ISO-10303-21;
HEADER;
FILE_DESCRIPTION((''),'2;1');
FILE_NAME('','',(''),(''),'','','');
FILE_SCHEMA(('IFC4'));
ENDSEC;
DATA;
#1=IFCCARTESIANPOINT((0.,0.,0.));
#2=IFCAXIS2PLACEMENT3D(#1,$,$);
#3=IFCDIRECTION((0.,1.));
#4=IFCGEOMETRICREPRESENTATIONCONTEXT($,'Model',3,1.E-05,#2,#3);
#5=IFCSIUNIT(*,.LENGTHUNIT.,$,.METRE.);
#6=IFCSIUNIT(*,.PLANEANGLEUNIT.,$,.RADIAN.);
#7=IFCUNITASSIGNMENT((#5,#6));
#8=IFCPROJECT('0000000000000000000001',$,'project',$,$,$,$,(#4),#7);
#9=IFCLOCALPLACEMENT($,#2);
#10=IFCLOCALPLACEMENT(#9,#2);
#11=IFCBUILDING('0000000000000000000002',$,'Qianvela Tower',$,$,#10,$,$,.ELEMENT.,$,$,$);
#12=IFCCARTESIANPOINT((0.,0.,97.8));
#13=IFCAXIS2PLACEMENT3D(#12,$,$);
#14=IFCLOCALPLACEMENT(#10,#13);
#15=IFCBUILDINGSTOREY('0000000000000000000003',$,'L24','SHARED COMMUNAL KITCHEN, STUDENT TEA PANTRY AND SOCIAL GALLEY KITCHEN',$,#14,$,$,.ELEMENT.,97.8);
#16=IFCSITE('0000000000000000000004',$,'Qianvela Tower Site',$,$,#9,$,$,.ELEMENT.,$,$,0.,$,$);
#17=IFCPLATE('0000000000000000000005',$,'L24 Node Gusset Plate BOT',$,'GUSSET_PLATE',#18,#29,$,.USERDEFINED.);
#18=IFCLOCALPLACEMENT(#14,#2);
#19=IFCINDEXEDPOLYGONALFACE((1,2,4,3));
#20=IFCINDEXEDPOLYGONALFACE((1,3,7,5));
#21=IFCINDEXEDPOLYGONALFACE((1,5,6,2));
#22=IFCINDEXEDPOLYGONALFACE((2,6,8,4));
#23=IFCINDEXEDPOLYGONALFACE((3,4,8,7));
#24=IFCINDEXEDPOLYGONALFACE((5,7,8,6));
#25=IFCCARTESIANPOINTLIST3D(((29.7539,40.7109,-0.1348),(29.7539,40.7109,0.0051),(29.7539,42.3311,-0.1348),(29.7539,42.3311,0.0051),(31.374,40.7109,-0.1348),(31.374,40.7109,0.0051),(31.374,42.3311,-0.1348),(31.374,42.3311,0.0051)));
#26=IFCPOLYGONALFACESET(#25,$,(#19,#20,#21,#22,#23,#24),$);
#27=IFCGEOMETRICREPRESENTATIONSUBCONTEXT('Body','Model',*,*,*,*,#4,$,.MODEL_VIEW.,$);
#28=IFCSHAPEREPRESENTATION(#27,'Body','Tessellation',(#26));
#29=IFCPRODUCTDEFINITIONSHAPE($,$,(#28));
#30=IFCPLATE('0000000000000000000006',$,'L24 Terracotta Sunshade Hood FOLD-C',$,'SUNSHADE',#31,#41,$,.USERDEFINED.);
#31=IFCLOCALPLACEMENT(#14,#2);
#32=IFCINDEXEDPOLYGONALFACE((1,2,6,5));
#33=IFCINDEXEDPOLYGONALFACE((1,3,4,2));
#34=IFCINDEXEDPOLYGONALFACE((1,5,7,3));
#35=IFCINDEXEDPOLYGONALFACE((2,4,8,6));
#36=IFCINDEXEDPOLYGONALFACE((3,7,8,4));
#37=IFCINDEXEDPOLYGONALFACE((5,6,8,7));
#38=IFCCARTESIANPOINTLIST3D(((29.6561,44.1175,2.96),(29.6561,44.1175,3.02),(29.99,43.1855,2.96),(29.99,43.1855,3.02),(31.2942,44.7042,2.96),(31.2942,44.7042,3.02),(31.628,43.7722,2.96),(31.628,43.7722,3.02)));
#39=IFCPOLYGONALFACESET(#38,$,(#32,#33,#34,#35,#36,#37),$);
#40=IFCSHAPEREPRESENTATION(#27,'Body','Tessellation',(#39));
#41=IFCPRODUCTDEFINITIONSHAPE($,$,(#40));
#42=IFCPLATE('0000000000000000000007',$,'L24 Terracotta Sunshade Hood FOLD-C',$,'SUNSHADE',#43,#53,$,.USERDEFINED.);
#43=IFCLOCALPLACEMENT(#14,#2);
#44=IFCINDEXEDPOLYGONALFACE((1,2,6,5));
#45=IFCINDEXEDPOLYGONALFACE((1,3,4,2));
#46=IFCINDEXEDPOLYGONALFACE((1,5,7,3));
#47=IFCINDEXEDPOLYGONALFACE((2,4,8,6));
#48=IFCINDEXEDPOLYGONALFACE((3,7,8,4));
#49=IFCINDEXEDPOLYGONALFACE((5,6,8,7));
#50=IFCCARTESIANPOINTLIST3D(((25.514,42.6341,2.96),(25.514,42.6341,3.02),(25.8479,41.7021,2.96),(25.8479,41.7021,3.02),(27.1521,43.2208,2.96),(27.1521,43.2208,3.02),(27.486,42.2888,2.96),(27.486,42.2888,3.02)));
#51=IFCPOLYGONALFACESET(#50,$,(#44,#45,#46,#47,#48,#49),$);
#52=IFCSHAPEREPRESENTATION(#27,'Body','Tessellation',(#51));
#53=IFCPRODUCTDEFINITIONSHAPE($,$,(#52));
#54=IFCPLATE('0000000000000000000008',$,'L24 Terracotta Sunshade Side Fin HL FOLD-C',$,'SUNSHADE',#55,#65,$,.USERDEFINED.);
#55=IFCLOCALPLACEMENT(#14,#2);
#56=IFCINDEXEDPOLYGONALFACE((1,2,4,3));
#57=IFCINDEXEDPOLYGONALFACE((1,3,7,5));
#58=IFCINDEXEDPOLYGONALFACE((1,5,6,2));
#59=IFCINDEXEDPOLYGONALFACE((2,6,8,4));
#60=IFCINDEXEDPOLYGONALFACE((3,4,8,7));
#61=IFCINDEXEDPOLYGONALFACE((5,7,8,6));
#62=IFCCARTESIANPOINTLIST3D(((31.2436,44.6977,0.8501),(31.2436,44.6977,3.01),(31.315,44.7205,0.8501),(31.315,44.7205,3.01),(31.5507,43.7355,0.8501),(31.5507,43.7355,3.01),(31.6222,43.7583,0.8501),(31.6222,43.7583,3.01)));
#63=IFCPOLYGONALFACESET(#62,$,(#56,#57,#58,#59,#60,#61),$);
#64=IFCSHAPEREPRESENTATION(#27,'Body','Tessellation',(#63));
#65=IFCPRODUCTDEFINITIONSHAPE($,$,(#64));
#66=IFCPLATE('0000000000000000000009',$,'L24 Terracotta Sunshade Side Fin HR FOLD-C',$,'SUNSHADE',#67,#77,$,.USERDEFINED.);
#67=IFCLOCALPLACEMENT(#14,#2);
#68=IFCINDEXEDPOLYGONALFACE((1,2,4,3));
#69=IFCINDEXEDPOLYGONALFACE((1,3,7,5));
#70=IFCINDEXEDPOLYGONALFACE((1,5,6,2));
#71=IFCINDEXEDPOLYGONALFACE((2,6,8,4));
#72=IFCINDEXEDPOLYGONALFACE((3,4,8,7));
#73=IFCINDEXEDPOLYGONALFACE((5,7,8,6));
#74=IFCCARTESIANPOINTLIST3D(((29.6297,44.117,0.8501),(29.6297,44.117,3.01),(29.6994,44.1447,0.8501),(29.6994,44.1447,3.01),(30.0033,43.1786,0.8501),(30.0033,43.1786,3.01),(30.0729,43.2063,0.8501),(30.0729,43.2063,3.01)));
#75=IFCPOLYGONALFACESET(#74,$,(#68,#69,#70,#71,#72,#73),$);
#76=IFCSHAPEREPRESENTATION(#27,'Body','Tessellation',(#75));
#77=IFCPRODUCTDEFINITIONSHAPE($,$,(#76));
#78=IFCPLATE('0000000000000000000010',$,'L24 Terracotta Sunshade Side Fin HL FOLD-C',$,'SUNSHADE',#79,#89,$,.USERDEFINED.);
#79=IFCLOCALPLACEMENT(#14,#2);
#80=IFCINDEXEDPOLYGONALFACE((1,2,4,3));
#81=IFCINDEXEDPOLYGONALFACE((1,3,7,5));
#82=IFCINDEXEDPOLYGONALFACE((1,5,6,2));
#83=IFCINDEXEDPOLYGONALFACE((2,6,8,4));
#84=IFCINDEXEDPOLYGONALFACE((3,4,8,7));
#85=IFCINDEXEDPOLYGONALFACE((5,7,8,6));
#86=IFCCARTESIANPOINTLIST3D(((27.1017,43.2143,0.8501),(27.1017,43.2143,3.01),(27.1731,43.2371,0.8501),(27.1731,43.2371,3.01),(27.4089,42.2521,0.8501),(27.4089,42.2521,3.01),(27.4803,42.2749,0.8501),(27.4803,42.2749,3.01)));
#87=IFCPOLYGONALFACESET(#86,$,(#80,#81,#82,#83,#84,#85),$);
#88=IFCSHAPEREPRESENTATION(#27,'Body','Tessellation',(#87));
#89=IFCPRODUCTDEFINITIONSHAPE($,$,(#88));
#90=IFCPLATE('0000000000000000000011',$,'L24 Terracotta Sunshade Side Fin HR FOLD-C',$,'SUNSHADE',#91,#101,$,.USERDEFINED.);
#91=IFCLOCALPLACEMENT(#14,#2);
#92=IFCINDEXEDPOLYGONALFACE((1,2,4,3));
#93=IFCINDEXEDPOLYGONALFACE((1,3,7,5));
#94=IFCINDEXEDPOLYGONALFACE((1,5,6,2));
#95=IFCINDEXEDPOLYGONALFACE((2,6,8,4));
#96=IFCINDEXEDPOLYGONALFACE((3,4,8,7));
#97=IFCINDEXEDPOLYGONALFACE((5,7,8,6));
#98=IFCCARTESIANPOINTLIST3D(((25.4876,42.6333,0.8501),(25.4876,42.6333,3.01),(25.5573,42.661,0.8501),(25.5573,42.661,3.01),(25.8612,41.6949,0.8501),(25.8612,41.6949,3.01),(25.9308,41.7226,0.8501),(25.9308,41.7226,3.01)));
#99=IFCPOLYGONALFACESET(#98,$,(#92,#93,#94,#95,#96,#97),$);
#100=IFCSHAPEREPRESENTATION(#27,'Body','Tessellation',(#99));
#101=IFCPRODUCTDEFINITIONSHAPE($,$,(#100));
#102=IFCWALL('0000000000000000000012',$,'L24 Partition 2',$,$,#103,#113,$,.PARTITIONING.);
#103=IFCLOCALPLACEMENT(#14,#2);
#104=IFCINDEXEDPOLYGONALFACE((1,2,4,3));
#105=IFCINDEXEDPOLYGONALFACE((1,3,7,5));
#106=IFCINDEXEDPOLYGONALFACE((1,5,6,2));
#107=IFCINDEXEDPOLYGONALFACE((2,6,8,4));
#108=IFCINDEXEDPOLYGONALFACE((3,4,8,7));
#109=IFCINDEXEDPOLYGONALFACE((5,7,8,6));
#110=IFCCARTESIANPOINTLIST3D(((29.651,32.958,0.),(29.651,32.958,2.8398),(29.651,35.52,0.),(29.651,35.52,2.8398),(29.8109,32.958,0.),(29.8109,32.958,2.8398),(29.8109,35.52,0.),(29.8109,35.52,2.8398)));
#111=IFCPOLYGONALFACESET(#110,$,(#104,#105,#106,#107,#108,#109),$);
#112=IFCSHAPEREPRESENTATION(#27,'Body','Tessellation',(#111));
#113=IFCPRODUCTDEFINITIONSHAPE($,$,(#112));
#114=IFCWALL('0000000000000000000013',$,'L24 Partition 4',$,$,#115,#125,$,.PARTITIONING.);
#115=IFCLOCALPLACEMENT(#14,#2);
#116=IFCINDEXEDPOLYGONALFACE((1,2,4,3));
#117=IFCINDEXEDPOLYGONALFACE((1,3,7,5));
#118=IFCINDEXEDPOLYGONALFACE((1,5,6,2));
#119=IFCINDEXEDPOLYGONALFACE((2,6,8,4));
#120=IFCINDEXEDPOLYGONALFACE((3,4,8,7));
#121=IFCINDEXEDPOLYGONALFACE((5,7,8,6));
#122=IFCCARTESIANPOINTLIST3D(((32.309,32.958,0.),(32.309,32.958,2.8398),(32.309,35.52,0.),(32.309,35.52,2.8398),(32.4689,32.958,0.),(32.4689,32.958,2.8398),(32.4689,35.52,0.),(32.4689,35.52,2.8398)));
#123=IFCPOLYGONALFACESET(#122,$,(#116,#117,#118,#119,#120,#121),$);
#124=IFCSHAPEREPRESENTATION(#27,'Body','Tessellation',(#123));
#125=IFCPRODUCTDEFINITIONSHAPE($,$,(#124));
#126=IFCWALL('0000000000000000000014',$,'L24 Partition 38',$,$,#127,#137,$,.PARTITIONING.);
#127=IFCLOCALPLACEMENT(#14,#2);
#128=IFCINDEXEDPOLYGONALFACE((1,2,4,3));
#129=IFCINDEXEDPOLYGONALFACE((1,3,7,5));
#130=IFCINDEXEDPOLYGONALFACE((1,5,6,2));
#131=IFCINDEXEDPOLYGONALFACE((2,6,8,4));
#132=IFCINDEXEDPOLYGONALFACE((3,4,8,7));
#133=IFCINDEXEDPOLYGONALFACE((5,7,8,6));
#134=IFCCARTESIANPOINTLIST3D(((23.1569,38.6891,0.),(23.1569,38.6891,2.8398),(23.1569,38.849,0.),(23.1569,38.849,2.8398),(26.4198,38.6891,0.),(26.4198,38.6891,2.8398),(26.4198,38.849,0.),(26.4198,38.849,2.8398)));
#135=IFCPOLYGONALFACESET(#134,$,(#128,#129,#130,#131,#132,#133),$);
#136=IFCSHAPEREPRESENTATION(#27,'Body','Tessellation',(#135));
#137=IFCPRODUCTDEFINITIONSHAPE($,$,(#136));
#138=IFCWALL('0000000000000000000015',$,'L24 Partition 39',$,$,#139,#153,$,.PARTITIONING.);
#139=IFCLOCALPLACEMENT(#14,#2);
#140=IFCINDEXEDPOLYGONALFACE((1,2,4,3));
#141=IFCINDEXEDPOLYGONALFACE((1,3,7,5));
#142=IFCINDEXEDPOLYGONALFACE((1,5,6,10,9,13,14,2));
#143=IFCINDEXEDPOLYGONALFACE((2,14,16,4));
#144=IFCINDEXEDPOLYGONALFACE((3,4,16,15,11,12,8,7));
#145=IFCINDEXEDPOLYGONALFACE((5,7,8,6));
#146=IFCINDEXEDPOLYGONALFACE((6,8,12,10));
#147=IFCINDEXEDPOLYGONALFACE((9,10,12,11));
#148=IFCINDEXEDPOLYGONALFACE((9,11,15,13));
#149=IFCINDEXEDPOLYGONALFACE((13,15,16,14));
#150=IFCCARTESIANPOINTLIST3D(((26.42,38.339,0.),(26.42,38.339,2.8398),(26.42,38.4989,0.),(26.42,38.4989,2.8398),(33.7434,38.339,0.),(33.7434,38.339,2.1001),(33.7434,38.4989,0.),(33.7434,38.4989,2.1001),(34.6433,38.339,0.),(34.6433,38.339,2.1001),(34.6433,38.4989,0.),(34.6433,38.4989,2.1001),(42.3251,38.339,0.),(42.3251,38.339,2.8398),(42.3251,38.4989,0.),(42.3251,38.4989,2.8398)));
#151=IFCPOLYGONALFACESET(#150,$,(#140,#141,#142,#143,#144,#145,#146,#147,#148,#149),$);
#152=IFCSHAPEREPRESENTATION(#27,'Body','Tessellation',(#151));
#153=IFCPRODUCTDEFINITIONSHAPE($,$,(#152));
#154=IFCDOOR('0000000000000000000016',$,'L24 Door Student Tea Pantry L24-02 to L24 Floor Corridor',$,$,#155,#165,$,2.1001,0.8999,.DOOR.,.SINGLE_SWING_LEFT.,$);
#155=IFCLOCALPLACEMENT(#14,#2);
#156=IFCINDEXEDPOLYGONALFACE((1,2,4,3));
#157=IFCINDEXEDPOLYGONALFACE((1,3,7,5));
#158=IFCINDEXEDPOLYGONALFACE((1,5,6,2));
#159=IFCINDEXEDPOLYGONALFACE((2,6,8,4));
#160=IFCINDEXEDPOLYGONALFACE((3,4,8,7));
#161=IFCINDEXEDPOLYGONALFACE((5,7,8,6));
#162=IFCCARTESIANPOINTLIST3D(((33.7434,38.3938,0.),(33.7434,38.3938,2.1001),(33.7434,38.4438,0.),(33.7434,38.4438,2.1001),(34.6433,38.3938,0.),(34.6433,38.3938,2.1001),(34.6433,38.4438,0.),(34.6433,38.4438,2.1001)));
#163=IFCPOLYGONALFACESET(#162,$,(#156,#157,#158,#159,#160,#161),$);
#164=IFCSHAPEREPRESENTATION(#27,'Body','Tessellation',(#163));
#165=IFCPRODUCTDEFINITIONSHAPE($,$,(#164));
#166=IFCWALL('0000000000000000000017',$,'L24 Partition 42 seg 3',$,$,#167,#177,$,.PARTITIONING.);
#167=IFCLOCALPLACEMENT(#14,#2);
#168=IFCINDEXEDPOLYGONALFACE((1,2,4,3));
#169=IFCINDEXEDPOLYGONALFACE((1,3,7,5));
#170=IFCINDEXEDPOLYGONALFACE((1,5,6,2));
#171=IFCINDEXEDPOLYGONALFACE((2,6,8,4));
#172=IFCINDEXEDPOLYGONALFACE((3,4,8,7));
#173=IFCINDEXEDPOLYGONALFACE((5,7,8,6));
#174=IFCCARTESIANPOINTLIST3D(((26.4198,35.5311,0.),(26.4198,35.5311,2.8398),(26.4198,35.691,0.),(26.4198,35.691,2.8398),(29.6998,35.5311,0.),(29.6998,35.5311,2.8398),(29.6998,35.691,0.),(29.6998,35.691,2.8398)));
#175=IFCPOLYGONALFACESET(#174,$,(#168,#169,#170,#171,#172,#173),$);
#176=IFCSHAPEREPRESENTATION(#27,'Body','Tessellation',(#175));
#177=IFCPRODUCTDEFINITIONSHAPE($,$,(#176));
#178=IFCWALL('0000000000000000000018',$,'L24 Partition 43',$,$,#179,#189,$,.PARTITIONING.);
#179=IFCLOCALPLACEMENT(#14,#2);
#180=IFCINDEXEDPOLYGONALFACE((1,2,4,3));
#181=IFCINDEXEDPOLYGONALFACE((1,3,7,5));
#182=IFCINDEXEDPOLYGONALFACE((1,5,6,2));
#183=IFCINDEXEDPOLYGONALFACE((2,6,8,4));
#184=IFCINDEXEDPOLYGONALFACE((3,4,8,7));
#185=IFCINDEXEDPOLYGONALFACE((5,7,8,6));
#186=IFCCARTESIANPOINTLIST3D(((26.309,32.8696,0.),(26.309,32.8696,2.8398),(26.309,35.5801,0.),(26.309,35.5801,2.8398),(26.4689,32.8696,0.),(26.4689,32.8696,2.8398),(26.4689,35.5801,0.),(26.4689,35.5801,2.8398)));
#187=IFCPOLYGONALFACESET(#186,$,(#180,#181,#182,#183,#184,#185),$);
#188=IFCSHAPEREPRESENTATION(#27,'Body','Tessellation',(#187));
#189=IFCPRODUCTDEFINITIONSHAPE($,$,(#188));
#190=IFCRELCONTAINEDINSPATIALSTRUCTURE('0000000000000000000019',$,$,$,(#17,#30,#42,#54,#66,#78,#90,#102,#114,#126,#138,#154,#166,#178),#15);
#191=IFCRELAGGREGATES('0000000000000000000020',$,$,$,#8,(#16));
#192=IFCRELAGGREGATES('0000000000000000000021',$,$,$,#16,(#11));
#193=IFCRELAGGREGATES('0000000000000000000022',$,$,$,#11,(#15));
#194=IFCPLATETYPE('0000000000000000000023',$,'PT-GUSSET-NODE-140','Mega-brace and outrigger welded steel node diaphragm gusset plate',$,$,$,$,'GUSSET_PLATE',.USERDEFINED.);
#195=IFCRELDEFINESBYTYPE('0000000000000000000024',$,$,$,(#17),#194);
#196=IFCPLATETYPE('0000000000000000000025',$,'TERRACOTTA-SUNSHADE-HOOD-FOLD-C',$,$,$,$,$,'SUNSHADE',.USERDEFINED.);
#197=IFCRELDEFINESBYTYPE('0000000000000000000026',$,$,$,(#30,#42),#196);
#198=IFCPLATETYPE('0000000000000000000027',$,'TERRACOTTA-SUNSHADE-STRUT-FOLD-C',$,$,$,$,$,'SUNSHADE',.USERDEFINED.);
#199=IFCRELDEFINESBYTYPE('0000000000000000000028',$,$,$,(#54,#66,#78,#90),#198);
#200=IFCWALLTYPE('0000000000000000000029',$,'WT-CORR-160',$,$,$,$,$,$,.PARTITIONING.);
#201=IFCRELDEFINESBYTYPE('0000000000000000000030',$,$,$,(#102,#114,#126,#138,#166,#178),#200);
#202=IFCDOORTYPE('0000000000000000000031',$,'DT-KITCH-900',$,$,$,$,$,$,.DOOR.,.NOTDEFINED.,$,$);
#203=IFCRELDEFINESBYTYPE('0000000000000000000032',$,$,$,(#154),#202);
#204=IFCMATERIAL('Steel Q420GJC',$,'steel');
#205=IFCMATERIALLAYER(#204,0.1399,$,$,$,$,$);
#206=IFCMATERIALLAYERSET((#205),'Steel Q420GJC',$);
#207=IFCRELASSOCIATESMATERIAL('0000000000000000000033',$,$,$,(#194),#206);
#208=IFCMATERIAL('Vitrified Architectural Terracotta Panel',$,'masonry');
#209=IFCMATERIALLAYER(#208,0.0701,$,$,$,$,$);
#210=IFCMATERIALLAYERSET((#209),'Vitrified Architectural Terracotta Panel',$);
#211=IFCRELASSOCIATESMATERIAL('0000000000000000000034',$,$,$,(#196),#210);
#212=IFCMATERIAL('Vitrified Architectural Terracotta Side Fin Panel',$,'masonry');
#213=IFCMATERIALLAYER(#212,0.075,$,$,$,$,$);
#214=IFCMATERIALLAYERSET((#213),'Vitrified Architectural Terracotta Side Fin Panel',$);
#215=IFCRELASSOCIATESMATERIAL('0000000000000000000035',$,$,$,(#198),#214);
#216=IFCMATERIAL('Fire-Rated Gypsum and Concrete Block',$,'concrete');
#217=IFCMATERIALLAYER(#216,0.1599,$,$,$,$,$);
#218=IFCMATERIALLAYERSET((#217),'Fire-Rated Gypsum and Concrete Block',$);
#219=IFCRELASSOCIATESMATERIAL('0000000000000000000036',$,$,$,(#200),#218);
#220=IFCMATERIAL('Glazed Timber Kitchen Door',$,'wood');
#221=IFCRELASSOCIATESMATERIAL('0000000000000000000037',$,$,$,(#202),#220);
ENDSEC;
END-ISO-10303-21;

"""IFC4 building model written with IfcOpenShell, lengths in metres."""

from ifc_helpers import new_model, si_unit, direction, frame, frame_2d, origin, origin_2d, place, context, subcontext, project, spatial, rectangle, extrude, material, layer, layer_set, type_object, element, fill, save


model = new_model("IFC4")

# Units and contexts
model_context = context("Model", 3, precision=1e-05, world=origin(), true_north=direction((0.0, 1.0)))
body_context = subcontext(model_context, "Body", "Model", "MODEL_VIEW")
ifc_project = project(units=[si_unit("LENGTHUNIT", "METRE"), si_unit("PLANEANGLEUNIT", "RADIAN")], contexts=[model_context])

# Site, building, storey
site_placement = place(None, origin())
site = spatial("IfcSite", under=ifc_project, at=site_placement, Name="Qianvela Tower Site", CompositionType="ELEMENT", RefElevation=0.0)
building_placement = place(site_placement, origin())
building = spatial("IfcBuilding", under=site, at=building_placement, Name="Qianvela Tower", CompositionType="ELEMENT")
storey_placement = place(building_placement, frame((0.0, 0.0, 97.8)))
storey = spatial("IfcBuildingStorey", under=building, at=storey_placement, Name="L24", Description="SHARED COMMUNAL KITCHEN, STUDENT TEA PANTRY AND SOCIAL GALLEY KITCHEN", CompositionType="ELEMENT", Elevation=97.8)

# Plates
ifc_material_1 = material(Name="Steel Q420GJC", Category="steel")
ifc_layer_1 = layer(ifc_material_1, 0.1399)
ifc_layer_set_1 = layer_set([ifc_layer_1], Name="Steel Q420GJC")
plate_type_1 = type_object("IfcPlateType", Name="PT-GUSSET-NODE-140", Description="Mega-brace and outrigger welded steel node diaphragm gusset plate", ElementType="GUSSET_PLATE", PredefinedType="USERDEFINED", material=ifc_layer_set_1)
plate_1_placement = place(storey_placement, frame((30.564, 41.521, -0.1348), z_axis=(0.0, 0.0, 1.0), x_axis=(1.0, 0.0, 0.0)))
element("IfcPlate", 1, at=plate_1_placement, inside=storey, type_object=plate_type_1, Name="L24 Node Gusset Plate BOT", ObjectType="GUSSET_PLATE", PredefinedType="USERDEFINED", context=body_context, shape_type="SweptSolid", body=[
    extrude(rectangle(XDim=1.6201, YDim=1.6201, at=origin_2d()), origin(), (0.0, 0.0, 1.0), 0.1399),
])
ifc_material_2 = material(Name="Vitrified Architectural Terracotta Panel", Category="masonry")
ifc_layer_2 = layer(ifc_material_2, 0.0701)
ifc_layer_set_2 = layer_set([ifc_layer_2], Name="Vitrified Architectural Terracotta Panel")
plate_type_2 = type_object("IfcPlateType", Name="TERRACOTTA-SUNSHADE-HOOD-FOLD-C", ElementType="SUNSHADE", PredefinedType="USERDEFINED", material=ifc_layer_set_2)
for number, where, z_axis, x_axis, name in (
    (2, (30.6421, 43.9448, 2.96), (0.0, 0.0, 1.0), (-0.941435, -0.337194, 0.0), "L24 Terracotta Sunshade Hood FOLD-C"),
    (3, (26.5, 42.4614, 2.96), (0.0, 0.0, 1.0), (-0.941435, -0.337194, 0.0), "L24 Terracotta Sunshade Hood FOLD-C"),
):
    element("IfcPlate", number, at=place(storey_placement, frame(where, z_axis=z_axis, x_axis=x_axis)), inside=storey, type_object=plate_type_2, Name=name, ObjectType="SUNSHADE", PredefinedType="USERDEFINED", context=body_context, shape_type="SweptSolid", body=[
        extrude(rectangle(XDim=1.74, YDim=0.99, at=origin_2d()), origin(), (0.0, 0.0, 1.0), 0.0601),
    ])
ifc_material_3 = material(Name="Vitrified Architectural Terracotta Side Fin Panel", Category="masonry")
ifc_layer_3 = layer(ifc_material_3, 0.075)
ifc_layer_set_3 = layer_set([ifc_layer_3], Name="Vitrified Architectural Terracotta Side Fin Panel")
plate_type_3 = type_object("IfcPlateType", Name="TERRACOTTA-SUNSHADE-STRUT-FOLD-C", ElementType="SUNSHADE", PredefinedType="USERDEFINED", material=ifc_layer_set_3)
for number, where, z_axis, x_axis, name in (
    (4, (31.4329, 44.228, 0.8501), (0.0, 0.0, 1.0), (-0.95263, -0.304133, 0.0), "L24 Terracotta Sunshade Side Fin HL FOLD-C"),
    (5, (29.8513, 43.6616, 0.8501), (0.0, 0.0, 1.0), (-0.929094, -0.369844, 0.0), "L24 Terracotta Sunshade Side Fin HR FOLD-C"),
    (6, (27.291, 42.7446, 0.8501), (0.0, 0.0, 1.0), (-0.95263, -0.304133, 0.0), "L24 Terracotta Sunshade Side Fin HL FOLD-C"),
    (7, (25.7092, 42.178, 0.8501), (0.0, 0.0, 1.0), (-0.929094, -0.369844, 0.0), "L24 Terracotta Sunshade Side Fin HR FOLD-C"),
):
    element("IfcPlate", number, at=place(storey_placement, frame(where, z_axis=z_axis, x_axis=x_axis)), inside=storey, type_object=plate_type_3, Name=name, ObjectType="SUNSHADE", PredefinedType="USERDEFINED", context=body_context, shape_type="SweptSolid", body=[
        extrude(rectangle(XDim=0.075, YDim=1.01, at=origin_2d()), origin(), (0.0, 0.0, 1.0), 2.1599),
    ])

# Wall
ifc_material_4 = material(Name="Fire-Rated Gypsum and Concrete Block", Category="concrete")
ifc_layer_4 = layer(ifc_material_4, 0.1599)
ifc_layer_set_4 = layer_set([ifc_layer_4], Name="Fire-Rated Gypsum and Concrete Block")
wall_type_1 = type_object("IfcWallType", Name="WT-CORR-160", PredefinedType="PARTITIONING", material=ifc_layer_set_4)
wall_1_placement = place(storey_placement, frame((29.731, 32.958, 0.0), z_axis=(0.0, 0.0, 1.0), x_axis=(0.0, 1.0, 0.0)))
element("IfcWall", 8, at=wall_1_placement, inside=storey, type_object=wall_type_1, Name="L24 Partition 2", PredefinedType="PARTITIONING", context=body_context, shape_type="SweptSolid", body=[
    extrude(rectangle(XDim=2.562, YDim=0.1599, at=frame_2d((1.281, 0.0))), origin(), (0.0, 0.0, 1.0), 2.8398),
])

# Walls
wall_2_placement = place(storey_placement, frame((32.3889, 35.52, 0.0), z_axis=(0.0, 0.0, 1.0), x_axis=(0.0, -1.0, 0.0)))
element("IfcWall", 9, at=wall_2_placement, inside=storey, type_object=wall_type_1, Name="L24 Partition 4", PredefinedType="PARTITIONING", context=body_context, shape_type="SweptSolid", body=[
    extrude(rectangle(XDim=2.562, YDim=0.1599, at=frame_2d((1.281, 0.0))), origin(), (0.0, 0.0, 1.0), 2.8398),
])
wall_3_placement = place(storey_placement, frame((23.157, 38.769, 0.0), z_axis=(0.0, 0.0, 1.0), x_axis=(1.0, 0.0, 0.0)))
element("IfcWall", 10, at=wall_3_placement, inside=storey, type_object=wall_type_1, Name="L24 Partition 38", PredefinedType="PARTITIONING", context=body_context, shape_type="SweptSolid", body=[
    extrude(rectangle(XDim=3.2629, YDim=0.1599, at=frame_2d((1.6313, 0.0))), origin(), (0.0, 0.0, 1.0), 2.8398),
])

# Wall, opening, door
wall_4_placement = place(storey_placement, frame((26.4199, 38.4189, 0.0), z_axis=(0.0, 0.0, 1.0), x_axis=(1.0, 0.0, 0.0)))
wall_4 = element("IfcWall", 11, at=wall_4_placement, inside=storey, type_object=wall_type_1, Name="L24 Partition 39", PredefinedType="PARTITIONING", context=body_context, shape_type="SweptSolid", body=[
    extrude(rectangle(XDim=15.905, YDim=0.1599, at=frame_2d((7.9526, 0.0))), origin(), (0.0, 0.0, 1.0), 2.8398),
])
opening_1_placement = place(wall_4_placement, frame((7.3235, 0.0, 0.0)))
opening_1 = element("IfcOpeningElement", 12, at=opening_1_placement, cuts=wall_4, PredefinedType="OPENING", context=body_context, shape_type="SweptSolid", body=[
    extrude(rectangle(XDim=0.8999, YDim=2.1001, at=frame_2d((0.45, 1.05))), frame((0.0, 0.0898, 0.0), z_axis=(0.0, -1.0, 0.0), x_axis=(1.0, 0.0, 0.0)), (0.0, 0.0, 1.0), 0.1799),
])
ifc_material_5 = material(Name="Glazed Timber Kitchen Door", Category="wood")
door_type_1 = type_object("IfcDoorType", Name="DT-KITCH-900", OperationType="NOTDEFINED", PredefinedType="DOOR", material=ifc_material_5)
door_1_placement = place(opening_1_placement, origin())
door_1 = element("IfcDoor", 13, at=door_1_placement, inside=storey, type_object=door_type_1, Name="L24 Door Student Tea Pantry L24-02 to L24 Floor Corridor", OperationType="SINGLE_SWING_LEFT", OverallHeight=2.1001, OverallWidth=0.8999, PredefinedType="DOOR", context=body_context, shape_type="SweptSolid", body=[
    extrude(rectangle(XDim=0.8999, YDim=2.1001, at=frame_2d((0.45, 1.05))), frame((0.0, 0.0249, 0.0), z_axis=(0.0, -1.0, 0.0), x_axis=(1.0, 0.0, 0.0)), (0.0, 0.0, 1.0), 0.05),
])
fill(opening_1, door_1)

# Walls
wall_5_placement = place(storey_placement, frame((29.7, 35.6111, 0.0), z_axis=(0.0, 0.0, 1.0), x_axis=(-1.0, 0.0, 0.0)))
element("IfcWall", 14, at=wall_5_placement, inside=storey, type_object=wall_type_1, Name="L24 Partition 42 seg 3", PredefinedType="PARTITIONING", context=body_context, shape_type="SweptSolid", body=[
    extrude(rectangle(XDim=3.28, YDim=0.1599, at=frame_2d((1.6401, 0.0))), origin(), (0.0, 0.0, 1.0), 2.8398),
])
wall_6_placement = place(storey_placement, frame((26.3889, 35.5801, 0.0), z_axis=(0.0, 0.0, 1.0), x_axis=(0.0, -1.0, 0.0)))
element("IfcWall", 15, at=wall_6_placement, inside=storey, type_object=wall_type_1, Name="L24 Partition 43", PredefinedType="PARTITIONING", context=body_context, shape_type="SweptSolid", body=[
    extrude(rectangle(XDim=2.7104, YDim=0.1599, at=frame_2d((1.3552, 0.0))), origin(), (0.0, 0.0, 1.0), 2.8398),
])

save(model, "model.ifc")
